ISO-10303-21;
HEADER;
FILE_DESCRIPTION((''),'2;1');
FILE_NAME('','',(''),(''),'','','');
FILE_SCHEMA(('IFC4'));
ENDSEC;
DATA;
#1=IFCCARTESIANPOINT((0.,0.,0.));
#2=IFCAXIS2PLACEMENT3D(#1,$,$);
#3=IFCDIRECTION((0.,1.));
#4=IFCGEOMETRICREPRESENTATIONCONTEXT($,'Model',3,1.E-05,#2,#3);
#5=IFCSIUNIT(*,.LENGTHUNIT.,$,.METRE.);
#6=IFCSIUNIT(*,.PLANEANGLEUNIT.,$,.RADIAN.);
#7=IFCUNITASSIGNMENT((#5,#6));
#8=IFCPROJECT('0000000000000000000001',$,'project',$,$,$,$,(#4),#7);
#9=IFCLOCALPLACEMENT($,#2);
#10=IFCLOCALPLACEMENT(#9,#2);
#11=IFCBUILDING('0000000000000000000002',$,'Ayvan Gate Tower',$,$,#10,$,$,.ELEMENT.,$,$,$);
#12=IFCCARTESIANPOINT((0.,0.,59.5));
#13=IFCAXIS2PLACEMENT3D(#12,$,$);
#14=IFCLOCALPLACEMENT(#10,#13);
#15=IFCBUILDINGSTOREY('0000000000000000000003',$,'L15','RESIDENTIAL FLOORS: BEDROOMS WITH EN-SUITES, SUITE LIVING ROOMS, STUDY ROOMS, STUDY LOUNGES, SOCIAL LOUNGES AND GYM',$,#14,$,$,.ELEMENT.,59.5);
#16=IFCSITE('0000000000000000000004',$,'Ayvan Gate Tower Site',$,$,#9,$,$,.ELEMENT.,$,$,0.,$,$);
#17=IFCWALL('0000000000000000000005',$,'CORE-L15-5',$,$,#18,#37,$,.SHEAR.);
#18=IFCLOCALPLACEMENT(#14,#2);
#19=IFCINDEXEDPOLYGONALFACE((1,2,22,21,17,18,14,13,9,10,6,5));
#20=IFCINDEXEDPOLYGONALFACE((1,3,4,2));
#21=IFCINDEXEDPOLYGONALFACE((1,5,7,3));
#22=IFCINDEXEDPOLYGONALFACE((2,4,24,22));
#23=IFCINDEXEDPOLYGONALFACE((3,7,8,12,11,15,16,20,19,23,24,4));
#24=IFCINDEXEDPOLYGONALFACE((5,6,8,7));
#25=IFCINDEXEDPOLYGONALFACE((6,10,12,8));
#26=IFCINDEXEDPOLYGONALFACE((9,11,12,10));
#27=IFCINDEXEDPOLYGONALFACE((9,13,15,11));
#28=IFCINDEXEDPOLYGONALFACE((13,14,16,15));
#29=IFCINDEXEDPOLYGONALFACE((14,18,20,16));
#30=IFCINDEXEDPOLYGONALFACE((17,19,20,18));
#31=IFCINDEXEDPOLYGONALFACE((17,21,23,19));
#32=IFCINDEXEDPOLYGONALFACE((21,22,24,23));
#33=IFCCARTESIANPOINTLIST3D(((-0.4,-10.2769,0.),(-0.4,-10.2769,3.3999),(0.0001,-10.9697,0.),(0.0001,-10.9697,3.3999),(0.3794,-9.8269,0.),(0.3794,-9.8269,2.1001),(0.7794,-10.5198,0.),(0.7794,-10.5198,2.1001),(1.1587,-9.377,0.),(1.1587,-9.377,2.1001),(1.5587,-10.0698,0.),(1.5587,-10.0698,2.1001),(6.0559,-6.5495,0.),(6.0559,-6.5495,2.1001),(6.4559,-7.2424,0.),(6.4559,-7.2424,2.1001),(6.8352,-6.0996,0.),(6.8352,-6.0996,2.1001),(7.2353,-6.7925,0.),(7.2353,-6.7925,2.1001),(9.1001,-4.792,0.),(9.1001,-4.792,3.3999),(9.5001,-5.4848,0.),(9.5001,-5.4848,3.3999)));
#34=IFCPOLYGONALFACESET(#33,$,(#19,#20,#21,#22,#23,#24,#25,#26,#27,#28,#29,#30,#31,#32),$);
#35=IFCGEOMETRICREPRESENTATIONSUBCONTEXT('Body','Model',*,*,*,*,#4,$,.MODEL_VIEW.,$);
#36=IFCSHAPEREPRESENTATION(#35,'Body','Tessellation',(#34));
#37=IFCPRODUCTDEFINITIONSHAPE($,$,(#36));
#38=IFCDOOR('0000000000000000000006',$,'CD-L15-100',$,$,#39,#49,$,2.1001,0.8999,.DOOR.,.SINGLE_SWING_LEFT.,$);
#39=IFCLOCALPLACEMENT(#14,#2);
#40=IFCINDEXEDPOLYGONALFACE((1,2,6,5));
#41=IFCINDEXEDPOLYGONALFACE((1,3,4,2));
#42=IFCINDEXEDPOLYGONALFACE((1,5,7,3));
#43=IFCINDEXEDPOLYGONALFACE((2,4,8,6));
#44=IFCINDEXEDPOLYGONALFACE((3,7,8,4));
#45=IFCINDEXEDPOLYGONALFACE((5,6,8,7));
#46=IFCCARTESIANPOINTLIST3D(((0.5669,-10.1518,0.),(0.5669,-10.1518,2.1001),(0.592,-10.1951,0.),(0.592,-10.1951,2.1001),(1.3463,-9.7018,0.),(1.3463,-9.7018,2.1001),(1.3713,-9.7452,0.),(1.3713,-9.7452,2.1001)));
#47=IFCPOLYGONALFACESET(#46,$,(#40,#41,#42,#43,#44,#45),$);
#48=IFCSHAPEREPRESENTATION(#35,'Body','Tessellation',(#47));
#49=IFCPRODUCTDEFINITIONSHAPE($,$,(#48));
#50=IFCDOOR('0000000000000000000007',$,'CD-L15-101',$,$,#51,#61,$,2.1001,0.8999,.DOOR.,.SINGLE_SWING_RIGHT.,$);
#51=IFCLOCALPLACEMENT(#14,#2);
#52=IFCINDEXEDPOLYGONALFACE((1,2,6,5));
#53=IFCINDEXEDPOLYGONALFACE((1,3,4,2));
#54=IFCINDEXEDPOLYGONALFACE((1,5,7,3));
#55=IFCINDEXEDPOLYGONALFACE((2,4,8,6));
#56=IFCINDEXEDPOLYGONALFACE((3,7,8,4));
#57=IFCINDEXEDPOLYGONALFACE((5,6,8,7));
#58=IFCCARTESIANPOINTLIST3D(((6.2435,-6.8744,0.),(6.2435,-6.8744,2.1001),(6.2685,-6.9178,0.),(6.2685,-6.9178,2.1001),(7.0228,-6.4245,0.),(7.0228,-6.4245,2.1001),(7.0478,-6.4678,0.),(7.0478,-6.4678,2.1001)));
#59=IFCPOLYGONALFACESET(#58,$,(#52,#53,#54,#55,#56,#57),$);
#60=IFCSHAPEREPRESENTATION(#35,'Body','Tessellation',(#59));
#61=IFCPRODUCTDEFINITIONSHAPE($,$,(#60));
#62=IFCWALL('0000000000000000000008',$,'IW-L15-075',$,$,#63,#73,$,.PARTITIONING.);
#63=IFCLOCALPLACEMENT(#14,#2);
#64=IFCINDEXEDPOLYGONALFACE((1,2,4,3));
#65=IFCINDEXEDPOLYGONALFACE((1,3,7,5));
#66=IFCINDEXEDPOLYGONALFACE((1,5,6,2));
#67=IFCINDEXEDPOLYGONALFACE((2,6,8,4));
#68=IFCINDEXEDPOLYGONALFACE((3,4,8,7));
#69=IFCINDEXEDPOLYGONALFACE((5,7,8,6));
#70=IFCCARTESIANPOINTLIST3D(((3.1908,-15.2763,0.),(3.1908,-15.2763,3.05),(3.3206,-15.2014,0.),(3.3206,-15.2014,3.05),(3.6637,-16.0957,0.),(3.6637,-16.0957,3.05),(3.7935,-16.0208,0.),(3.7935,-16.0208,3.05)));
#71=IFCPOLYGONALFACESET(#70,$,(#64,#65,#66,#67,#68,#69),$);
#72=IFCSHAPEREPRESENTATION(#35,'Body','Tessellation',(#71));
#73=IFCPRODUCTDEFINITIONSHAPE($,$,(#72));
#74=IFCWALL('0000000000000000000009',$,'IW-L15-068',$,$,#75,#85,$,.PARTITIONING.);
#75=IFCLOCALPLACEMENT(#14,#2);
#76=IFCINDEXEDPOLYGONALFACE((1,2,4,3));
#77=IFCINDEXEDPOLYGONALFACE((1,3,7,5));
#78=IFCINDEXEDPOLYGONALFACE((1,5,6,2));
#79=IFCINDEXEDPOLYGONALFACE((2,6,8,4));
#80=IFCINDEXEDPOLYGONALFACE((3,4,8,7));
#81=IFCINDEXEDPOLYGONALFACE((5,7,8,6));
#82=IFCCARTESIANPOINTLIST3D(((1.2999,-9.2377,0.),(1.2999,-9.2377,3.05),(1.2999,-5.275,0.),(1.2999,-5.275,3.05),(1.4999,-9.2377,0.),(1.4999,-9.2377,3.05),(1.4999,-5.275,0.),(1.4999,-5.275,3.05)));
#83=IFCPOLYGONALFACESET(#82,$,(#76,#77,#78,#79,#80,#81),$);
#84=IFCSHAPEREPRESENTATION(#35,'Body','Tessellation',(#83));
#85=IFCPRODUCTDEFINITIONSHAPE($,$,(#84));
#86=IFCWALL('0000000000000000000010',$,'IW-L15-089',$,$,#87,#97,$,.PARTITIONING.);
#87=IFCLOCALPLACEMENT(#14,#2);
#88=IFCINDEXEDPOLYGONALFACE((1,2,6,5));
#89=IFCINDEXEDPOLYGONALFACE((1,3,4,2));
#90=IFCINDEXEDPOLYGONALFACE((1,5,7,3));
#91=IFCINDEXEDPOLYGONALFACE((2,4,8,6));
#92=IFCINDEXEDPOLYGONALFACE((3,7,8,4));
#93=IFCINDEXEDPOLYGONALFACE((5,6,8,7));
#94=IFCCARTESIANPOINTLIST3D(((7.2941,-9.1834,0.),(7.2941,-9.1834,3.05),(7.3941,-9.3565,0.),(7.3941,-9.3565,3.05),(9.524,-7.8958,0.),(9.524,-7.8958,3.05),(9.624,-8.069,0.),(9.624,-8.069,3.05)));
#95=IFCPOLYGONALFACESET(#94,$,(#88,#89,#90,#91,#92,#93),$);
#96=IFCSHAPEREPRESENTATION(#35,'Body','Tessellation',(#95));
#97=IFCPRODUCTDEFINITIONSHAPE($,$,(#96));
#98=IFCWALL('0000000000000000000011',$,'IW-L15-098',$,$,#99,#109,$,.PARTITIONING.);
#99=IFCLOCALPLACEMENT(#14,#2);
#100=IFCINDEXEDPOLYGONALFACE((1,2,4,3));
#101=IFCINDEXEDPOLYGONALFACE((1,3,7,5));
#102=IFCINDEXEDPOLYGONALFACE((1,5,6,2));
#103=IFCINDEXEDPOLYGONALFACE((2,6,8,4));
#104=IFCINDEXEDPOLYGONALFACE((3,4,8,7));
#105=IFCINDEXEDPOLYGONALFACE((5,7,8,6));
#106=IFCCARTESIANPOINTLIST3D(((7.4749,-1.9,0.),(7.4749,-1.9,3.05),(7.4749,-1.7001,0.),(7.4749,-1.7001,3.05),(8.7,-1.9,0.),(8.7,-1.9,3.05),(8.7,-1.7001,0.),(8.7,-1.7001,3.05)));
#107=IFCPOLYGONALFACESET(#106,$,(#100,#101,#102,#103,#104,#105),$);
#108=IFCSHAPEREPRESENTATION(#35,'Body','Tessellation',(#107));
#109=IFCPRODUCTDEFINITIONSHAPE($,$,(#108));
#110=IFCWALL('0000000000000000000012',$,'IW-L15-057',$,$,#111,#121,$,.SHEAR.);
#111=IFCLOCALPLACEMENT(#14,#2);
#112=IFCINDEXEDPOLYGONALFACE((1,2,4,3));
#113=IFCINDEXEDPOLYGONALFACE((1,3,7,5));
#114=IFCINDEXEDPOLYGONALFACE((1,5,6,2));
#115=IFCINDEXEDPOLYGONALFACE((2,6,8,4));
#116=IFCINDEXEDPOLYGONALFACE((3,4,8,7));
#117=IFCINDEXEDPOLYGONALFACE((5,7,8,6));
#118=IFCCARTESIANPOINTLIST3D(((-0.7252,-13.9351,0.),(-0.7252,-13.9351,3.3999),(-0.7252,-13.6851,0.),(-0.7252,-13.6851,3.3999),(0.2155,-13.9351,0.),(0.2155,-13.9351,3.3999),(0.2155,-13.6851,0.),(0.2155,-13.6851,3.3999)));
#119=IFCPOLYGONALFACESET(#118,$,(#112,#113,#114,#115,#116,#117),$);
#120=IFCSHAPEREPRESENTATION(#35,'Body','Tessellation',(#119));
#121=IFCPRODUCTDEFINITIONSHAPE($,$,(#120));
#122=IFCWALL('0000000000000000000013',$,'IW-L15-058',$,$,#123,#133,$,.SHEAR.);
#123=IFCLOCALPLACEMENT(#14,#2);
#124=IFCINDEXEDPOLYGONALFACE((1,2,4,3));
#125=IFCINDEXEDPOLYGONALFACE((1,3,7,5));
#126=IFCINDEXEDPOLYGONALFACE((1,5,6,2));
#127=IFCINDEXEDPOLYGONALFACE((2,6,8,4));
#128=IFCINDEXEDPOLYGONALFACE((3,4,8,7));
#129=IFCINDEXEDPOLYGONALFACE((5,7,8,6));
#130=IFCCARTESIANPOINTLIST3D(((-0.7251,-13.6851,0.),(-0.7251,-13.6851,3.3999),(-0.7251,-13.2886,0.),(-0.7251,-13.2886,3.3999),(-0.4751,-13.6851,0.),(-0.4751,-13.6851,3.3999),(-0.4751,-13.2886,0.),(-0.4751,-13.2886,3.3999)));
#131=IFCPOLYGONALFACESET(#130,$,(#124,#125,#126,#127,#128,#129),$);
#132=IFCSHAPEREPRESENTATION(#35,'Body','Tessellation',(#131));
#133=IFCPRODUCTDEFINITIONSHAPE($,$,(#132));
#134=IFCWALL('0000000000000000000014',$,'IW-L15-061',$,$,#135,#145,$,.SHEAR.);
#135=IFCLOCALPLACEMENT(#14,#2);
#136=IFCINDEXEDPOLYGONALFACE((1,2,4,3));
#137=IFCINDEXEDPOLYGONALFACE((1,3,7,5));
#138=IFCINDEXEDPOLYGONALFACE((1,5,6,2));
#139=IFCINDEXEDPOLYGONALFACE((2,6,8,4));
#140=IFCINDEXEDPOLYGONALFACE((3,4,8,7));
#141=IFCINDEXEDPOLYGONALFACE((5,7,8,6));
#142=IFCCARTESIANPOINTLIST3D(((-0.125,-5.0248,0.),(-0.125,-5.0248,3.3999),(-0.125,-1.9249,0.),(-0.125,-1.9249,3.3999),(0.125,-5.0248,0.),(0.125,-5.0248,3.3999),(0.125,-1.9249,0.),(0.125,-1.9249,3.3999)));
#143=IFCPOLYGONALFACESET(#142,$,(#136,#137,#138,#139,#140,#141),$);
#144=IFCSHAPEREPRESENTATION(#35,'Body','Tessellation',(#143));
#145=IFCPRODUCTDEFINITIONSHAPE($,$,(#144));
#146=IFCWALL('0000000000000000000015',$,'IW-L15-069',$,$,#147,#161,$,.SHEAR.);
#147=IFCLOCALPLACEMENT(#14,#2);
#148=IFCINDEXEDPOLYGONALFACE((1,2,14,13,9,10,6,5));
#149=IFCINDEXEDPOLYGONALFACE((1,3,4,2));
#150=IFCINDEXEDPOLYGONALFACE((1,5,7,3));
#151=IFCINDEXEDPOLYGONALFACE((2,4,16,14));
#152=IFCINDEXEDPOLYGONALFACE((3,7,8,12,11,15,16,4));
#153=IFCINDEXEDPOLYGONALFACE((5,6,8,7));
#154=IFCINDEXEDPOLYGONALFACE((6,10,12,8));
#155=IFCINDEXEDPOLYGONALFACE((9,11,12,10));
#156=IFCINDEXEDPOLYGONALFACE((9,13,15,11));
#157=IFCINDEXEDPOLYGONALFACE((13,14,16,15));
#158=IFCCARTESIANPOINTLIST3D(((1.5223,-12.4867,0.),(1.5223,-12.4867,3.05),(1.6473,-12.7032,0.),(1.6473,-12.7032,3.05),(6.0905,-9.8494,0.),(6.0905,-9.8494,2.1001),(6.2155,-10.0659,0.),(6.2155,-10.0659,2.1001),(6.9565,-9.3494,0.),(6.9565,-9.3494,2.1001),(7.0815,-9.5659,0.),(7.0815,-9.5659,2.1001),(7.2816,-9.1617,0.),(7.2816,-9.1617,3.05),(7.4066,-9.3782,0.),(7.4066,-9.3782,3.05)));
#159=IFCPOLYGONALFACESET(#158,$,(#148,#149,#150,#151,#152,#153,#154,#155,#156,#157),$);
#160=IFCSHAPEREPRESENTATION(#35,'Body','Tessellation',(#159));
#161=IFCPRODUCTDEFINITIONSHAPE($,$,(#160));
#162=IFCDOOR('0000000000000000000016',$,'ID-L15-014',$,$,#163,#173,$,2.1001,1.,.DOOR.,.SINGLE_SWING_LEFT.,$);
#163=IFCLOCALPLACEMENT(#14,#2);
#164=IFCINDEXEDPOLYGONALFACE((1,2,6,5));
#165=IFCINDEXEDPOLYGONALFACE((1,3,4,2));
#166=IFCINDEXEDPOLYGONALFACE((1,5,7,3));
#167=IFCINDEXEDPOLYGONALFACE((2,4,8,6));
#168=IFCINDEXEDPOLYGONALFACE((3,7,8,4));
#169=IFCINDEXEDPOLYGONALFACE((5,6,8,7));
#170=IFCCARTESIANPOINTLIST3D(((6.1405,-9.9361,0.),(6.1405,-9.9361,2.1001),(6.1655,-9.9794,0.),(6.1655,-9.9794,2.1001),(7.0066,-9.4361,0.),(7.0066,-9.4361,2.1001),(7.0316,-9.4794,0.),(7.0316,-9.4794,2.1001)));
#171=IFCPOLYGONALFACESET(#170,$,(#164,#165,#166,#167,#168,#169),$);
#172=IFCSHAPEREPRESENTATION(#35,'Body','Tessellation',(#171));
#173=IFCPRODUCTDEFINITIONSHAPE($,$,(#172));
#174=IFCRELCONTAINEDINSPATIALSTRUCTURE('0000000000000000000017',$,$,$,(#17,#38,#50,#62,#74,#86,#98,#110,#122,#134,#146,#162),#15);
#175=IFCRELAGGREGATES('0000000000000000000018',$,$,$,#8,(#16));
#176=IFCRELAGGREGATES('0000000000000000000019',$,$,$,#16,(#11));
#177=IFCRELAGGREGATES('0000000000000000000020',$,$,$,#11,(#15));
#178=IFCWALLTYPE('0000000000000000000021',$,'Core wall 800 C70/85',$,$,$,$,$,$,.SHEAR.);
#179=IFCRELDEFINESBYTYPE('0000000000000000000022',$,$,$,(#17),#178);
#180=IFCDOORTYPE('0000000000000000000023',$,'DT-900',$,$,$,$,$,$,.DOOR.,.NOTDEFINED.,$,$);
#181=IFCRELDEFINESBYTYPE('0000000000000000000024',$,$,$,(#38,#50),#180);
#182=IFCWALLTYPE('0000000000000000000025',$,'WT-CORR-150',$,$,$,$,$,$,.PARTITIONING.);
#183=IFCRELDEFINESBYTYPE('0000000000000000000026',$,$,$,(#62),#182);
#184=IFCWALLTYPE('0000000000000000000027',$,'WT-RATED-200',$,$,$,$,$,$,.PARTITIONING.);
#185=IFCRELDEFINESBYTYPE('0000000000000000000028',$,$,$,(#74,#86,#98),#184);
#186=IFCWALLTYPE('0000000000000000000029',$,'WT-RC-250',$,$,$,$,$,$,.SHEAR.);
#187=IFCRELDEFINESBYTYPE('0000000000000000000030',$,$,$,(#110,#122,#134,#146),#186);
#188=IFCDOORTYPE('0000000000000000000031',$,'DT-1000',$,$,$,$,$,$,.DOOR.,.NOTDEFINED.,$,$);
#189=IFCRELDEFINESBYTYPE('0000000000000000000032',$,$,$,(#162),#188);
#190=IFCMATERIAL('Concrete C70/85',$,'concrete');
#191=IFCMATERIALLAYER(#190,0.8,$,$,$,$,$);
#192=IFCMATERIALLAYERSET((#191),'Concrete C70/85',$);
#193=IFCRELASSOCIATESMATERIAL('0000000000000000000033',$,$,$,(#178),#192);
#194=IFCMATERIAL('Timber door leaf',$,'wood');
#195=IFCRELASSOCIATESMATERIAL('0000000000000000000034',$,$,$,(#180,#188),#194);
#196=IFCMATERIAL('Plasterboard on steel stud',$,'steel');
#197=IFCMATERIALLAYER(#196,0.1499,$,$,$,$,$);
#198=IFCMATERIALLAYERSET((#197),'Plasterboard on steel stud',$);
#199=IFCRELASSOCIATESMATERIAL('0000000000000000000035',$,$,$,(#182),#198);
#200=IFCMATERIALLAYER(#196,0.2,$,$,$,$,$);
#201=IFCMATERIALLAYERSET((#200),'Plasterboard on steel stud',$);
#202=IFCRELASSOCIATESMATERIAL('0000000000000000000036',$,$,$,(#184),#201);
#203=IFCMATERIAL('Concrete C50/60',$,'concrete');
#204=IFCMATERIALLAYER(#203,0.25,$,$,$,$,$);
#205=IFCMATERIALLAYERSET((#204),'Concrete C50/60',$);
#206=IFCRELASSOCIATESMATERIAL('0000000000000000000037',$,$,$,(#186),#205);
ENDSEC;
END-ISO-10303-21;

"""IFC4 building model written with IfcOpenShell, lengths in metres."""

from ifc_helpers import new_model, si_unit, direction, frame, frame_2d, origin, place, context, subcontext, project, spatial, rectangle, extrude, material, layer, layer_set, type_object, element, fill, save


model = new_model("IFC4")

# Units and contexts
model_context = context("Model", 3, precision=1e-05, world=origin(), true_north=direction((0.0, 1.0)))
body_context = subcontext(model_context, "Body", "Model", "MODEL_VIEW")
ifc_project = project(units=[si_unit("LENGTHUNIT", "METRE"), si_unit("PLANEANGLEUNIT", "RADIAN")], contexts=[model_context])

# Site, building, storey
site_placement = place(None, origin())
site = spatial("IfcSite", under=ifc_project, at=site_placement, Name="Ayvan Gate Tower Site", CompositionType="ELEMENT", RefElevation=0.0)
building_placement = place(site_placement, origin())
building = spatial("IfcBuilding", under=site, at=building_placement, Name="Ayvan Gate Tower", CompositionType="ELEMENT")
storey_placement = place(building_placement, frame((0.0, 0.0, 59.5)))
storey = spatial("IfcBuildingStorey", under=building, at=storey_placement, Name="L15", Description="RESIDENTIAL FLOORS: BEDROOMS WITH EN-SUITES, SUITE LIVING ROOMS, STUDY ROOMS, STUDY LOUNGES, SOCIAL LOUNGES AND GYM", CompositionType="ELEMENT", Elevation=59.5)

# Wall, openings, doors
ifc_material_1 = material(Name="Concrete C70/85", Category="concrete")
ifc_layer_1 = layer(ifc_material_1, 0.8)
ifc_layer_set_1 = layer_set([ifc_layer_1], Name="Concrete C70/85")
wall_type_1 = type_object("IfcWallType", Name="Core wall 800 C70/85", PredefinedType="SHEAR", material=ifc_layer_set_1)
wall_1_placement = place(storey_placement, frame((-0.2, -10.6233, 0.0), z_axis=(0.0, 0.0, 1.0), x_axis=(0.866024, 0.500002, 0.0)))
wall_1 = element("IfcWall", 1, at=wall_1_placement, inside=storey, type_object=wall_type_1, Name="CORE-L15-5", PredefinedType="SHEAR", context=body_context, shape_type="SweptSolid", body=[
    extrude(rectangle(XDim=10.9697, YDim=0.8, at=frame_2d((5.4849, 0.0))), origin(), (0.0, 0.0, 1.0), 3.3999),
])
opening_1_placement = place(wall_1_placement, frame((0.8999, 0.0, 0.0)))
opening_1 = element("IfcOpeningElement", 2, at=opening_1_placement, cuts=wall_1, PredefinedType="OPENING", context=body_context, shape_type="SweptSolid", body=[
    extrude(rectangle(XDim=0.8999, YDim=2.1001, at=frame_2d((0.45, 1.05))), frame((0.0, 0.4099, 0.0), z_axis=(0.0, -1.0, 0.0), x_axis=(1.0, 0.0, 0.0)), (0.0, 0.0, 1.0), 0.8201),
])
opening_2_placement = place(wall_1_placement, frame((7.4546, 0.0, 0.0)))
opening_2 = element("IfcOpeningElement", 3, at=opening_2_placement, cuts=wall_1, PredefinedType="OPENING", context=body_context, shape_type="SweptSolid", body=[
    extrude(rectangle(XDim=0.8999, YDim=2.1001, at=frame_2d((0.45, 1.05))), frame((0.0, 0.4099, 0.0), z_axis=(0.0, -1.0, 0.0), x_axis=(1.0, 0.0, 0.0)), (0.0, 0.0, 1.0), 0.8201),
])
ifc_material_2 = material(Name="Timber door leaf", Category="wood")
door_type_1 = type_object("IfcDoorType", Name="DT-900", OperationType="NOTDEFINED", PredefinedType="DOOR", material=ifc_material_2)
door_1_placement = place(opening_1_placement, origin())
door_1 = element("IfcDoor", 4, at=door_1_placement, inside=storey, type_object=door_type_1, Name="CD-L15-100", OperationType="SINGLE_SWING_LEFT", OverallHeight=2.1001, OverallWidth=0.8999, PredefinedType="DOOR", context=body_context, shape_type="SweptSolid", body=[
    extrude(rectangle(XDim=0.8999, YDim=2.1001, at=frame_2d((0.45, 1.05))), frame((0.0, 0.0249, 0.0), z_axis=(0.0, -1.0, 0.0), x_axis=(1.0, 0.0, 0.0)), (0.0, 0.0, 1.0), 0.05),
])
fill(opening_1, door_1)
door_2_placement = place(opening_2_placement, origin())
door_2 = element("IfcDoor", 5, at=door_2_placement, inside=storey, type_object=door_type_1, Name="CD-L15-101", OperationType="SINGLE_SWING_RIGHT", OverallHeight=2.1001, OverallWidth=0.8999, PredefinedType="DOOR", context=body_context, shape_type="SweptSolid", body=[
    extrude(rectangle(XDim=0.8999, YDim=2.1001, at=frame_2d((0.45, 1.05))), frame((0.0, 0.0249, 0.0), z_axis=(0.0, -1.0, 0.0), x_axis=(1.0, 0.0, 0.0)), (0.0, 0.0, 1.0), 0.05),
])
fill(opening_2, door_2)

# Walls
ifc_material_3 = material(Name="Plasterboard on steel stud", Category="steel")
ifc_layer_2 = layer(ifc_material_3, 0.1499)
ifc_layer_set_2 = layer_set([ifc_layer_2], Name="Plasterboard on steel stud")
wall_type_2 = type_object("IfcWallType", Name="WT-CORR-150", PredefinedType="PARTITIONING", material=ifc_layer_set_2)
wall_2_placement = place(storey_placement, frame((3.2556, -15.2388, 0.0), z_axis=(0.0, 0.0, 1.0), x_axis=(0.499886, -0.866091, 0.0)))
element("IfcWall", 6, at=wall_2_placement, inside=storey, type_object=wall_type_2, Name="IW-L15-075", PredefinedType="PARTITIONING", context=body_context, shape_type="SweptSolid", body=[
    extrude(rectangle(XDim=0.946, YDim=0.1499, at=frame_2d((0.4731, 0.0))), origin(), (0.0, 0.0, 1.0), 3.05),
])
ifc_layer_3 = layer(ifc_material_3, 0.2)
ifc_layer_set_3 = layer_set([ifc_layer_3], Name="Plasterboard on steel stud")
wall_type_3 = type_object("IfcWallType", Name="WT-RATED-200", PredefinedType="PARTITIONING", material=ifc_layer_set_3)
wall_3_placement = place(storey_placement, frame((1.3999, -5.2749, 0.0), z_axis=(0.0, 0.0, 1.0), x_axis=(0.0, -1.0, 0.0)))
element("IfcWall", 7, at=wall_3_placement, inside=storey, type_object=wall_type_3, Name="IW-L15-068", PredefinedType="PARTITIONING", context=body_context, shape_type="SweptSolid", body=[
    extrude(rectangle(XDim=3.9626, YDim=0.2, at=frame_2d((1.9814, 0.0))), origin(), (0.0, 0.0, 1.0), 3.05),
])
wall_4_placement = place(storey_placement, frame((7.344, -9.27, 0.0), z_axis=(0.0, 0.0, 1.0), x_axis=(0.866006, 0.500034, 0.0)))
element("IfcWall", 8, at=wall_4_placement, inside=storey, type_object=wall_type_3, Name="IW-L15-089", PredefinedType="PARTITIONING", context=body_context, shape_type="SweptSolid", body=[
    extrude(rectangle(XDim=2.575, YDim=0.2, at=frame_2d((1.2876, 0.0))), origin(), (0.0, 0.0, 1.0), 3.05),
])
wall_5_placement = place(storey_placement, frame((8.7, -1.8, 0.0), z_axis=(0.0, 0.0, 1.0), x_axis=(-1.0, 0.0, 0.0)))
element("IfcWall", 9, at=wall_5_placement, inside=storey, type_object=wall_type_3, Name="IW-L15-098", PredefinedType="PARTITIONING", context=body_context, shape_type="SweptSolid", body=[
    extrude(rectangle(XDim=1.2251, YDim=0.2, at=frame_2d((0.6125, 0.0))), origin(), (0.0, 0.0, 1.0), 3.05),
])
ifc_material_4 = material(Name="Concrete C50/60", Category="concrete")
ifc_layer_4 = layer(ifc_material_4, 0.25)
ifc_layer_set_4 = layer_set([ifc_layer_4], Name="Concrete C50/60")
wall_type_4 = type_object("IfcWallType", Name="WT-RC-250", PredefinedType="SHEAR", material=ifc_layer_set_4)
wall_6_placement = place(storey_placement, frame((-0.7251, -13.8101, 0.0), z_axis=(0.0, 0.0, 1.0), x_axis=(1.0, 0.0, 0.0)))
element("IfcWall", 10, at=wall_6_placement, inside=storey, type_object=wall_type_4, Name="IW-L15-057", PredefinedType="SHEAR", context=body_context, shape_type="SweptSolid", body=[
    extrude(rectangle(XDim=0.9407, YDim=0.25, at=frame_2d((0.4702, 0.0))), origin(), (0.0, 0.0, 1.0), 3.3999),
])
wall_7_placement = place(storey_placement, frame((-0.6001, -13.2886, 0.0), z_axis=(0.0, 0.0, 1.0), x_axis=(0.0, -1.0, 0.0)))
element("IfcWall", 11, at=wall_7_placement, inside=storey, type_object=wall_type_4, Name="IW-L15-058", PredefinedType="SHEAR", context=body_context, shape_type="SweptSolid", body=[
    extrude(rectangle(XDim=0.3965, YDim=0.25, at=frame_2d((0.1982, 0.0))), origin(), (0.0, 0.0, 1.0), 3.3999),
])
wall_8_placement = place(storey_placement, frame((0.0, -1.925, 0.0), z_axis=(0.0, 0.0, 1.0), x_axis=(0.0, -1.0, 0.0)))
element("IfcWall", 12, at=wall_8_placement, inside=storey, type_object=wall_type_4, Name="IW-L15-061", PredefinedType="SHEAR", context=body_context, shape_type="SweptSolid", body=[
    extrude(rectangle(XDim=3.0999, YDim=0.25, at=frame_2d((1.5498, 0.0))), origin(), (0.0, 0.0, 1.0), 3.3999),
])

# Wall, opening, door
wall_9_placement = place(storey_placement, frame((1.5847, -12.595, 0.0), z_axis=(0.0, 0.0, 1.0), x_axis=(0.866036, 0.499981, 0.0)))
wall_9 = element("IfcWall", 13, at=wall_9_placement, inside=storey, type_object=wall_type_4, Name="IW-L15-069", PredefinedType="SHEAR", context=body_context, shape_type="SweptSolid", body=[
    extrude(rectangle(XDim=6.6501, YDim=0.25, at=frame_2d((3.3252, 0.0))), origin(), (0.0, 0.0, 1.0), 3.05),
])
opening_3_placement = place(wall_9_placement, frame((5.2749, 0.0, 0.0)))
opening_3 = element("IfcOpeningElement", 14, at=opening_3_placement, cuts=wall_9, PredefinedType="OPENING", context=body_context, shape_type="SweptSolid", body=[
    extrude(rectangle(XDim=1.0, YDim=2.1001, at=frame_2d((0.5, 1.05))), frame((0.0, 0.135, 0.0), z_axis=(0.0, -1.0, 0.0), x_axis=(1.0, 0.0, 0.0)), (0.0, 0.0, 1.0), 0.27),
])
door_type_2 = type_object("IfcDoorType", Name="DT-1000", OperationType="NOTDEFINED", PredefinedType="DOOR", material=ifc_material_2)
door_3_placement = place(opening_3_placement, origin())
door_3 = element("IfcDoor", 15, at=door_3_placement, inside=storey, type_object=door_type_2, Name="ID-L15-014", OperationType="SINGLE_SWING_LEFT", OverallHeight=2.1001, OverallWidth=1.0, PredefinedType="DOOR", context=body_context, shape_type="SweptSolid", body=[
    extrude(rectangle(XDim=1.0, YDim=2.1001, at=frame_2d((0.5, 1.05))), frame((0.0, 0.0249, 0.0), z_axis=(0.0, -1.0, 0.0), x_axis=(1.0, 0.0, 0.0)), (0.0, 0.0, 1.0), 0.05),
])
fill(opening_3, door_3)

save(model, "model.ifc")
